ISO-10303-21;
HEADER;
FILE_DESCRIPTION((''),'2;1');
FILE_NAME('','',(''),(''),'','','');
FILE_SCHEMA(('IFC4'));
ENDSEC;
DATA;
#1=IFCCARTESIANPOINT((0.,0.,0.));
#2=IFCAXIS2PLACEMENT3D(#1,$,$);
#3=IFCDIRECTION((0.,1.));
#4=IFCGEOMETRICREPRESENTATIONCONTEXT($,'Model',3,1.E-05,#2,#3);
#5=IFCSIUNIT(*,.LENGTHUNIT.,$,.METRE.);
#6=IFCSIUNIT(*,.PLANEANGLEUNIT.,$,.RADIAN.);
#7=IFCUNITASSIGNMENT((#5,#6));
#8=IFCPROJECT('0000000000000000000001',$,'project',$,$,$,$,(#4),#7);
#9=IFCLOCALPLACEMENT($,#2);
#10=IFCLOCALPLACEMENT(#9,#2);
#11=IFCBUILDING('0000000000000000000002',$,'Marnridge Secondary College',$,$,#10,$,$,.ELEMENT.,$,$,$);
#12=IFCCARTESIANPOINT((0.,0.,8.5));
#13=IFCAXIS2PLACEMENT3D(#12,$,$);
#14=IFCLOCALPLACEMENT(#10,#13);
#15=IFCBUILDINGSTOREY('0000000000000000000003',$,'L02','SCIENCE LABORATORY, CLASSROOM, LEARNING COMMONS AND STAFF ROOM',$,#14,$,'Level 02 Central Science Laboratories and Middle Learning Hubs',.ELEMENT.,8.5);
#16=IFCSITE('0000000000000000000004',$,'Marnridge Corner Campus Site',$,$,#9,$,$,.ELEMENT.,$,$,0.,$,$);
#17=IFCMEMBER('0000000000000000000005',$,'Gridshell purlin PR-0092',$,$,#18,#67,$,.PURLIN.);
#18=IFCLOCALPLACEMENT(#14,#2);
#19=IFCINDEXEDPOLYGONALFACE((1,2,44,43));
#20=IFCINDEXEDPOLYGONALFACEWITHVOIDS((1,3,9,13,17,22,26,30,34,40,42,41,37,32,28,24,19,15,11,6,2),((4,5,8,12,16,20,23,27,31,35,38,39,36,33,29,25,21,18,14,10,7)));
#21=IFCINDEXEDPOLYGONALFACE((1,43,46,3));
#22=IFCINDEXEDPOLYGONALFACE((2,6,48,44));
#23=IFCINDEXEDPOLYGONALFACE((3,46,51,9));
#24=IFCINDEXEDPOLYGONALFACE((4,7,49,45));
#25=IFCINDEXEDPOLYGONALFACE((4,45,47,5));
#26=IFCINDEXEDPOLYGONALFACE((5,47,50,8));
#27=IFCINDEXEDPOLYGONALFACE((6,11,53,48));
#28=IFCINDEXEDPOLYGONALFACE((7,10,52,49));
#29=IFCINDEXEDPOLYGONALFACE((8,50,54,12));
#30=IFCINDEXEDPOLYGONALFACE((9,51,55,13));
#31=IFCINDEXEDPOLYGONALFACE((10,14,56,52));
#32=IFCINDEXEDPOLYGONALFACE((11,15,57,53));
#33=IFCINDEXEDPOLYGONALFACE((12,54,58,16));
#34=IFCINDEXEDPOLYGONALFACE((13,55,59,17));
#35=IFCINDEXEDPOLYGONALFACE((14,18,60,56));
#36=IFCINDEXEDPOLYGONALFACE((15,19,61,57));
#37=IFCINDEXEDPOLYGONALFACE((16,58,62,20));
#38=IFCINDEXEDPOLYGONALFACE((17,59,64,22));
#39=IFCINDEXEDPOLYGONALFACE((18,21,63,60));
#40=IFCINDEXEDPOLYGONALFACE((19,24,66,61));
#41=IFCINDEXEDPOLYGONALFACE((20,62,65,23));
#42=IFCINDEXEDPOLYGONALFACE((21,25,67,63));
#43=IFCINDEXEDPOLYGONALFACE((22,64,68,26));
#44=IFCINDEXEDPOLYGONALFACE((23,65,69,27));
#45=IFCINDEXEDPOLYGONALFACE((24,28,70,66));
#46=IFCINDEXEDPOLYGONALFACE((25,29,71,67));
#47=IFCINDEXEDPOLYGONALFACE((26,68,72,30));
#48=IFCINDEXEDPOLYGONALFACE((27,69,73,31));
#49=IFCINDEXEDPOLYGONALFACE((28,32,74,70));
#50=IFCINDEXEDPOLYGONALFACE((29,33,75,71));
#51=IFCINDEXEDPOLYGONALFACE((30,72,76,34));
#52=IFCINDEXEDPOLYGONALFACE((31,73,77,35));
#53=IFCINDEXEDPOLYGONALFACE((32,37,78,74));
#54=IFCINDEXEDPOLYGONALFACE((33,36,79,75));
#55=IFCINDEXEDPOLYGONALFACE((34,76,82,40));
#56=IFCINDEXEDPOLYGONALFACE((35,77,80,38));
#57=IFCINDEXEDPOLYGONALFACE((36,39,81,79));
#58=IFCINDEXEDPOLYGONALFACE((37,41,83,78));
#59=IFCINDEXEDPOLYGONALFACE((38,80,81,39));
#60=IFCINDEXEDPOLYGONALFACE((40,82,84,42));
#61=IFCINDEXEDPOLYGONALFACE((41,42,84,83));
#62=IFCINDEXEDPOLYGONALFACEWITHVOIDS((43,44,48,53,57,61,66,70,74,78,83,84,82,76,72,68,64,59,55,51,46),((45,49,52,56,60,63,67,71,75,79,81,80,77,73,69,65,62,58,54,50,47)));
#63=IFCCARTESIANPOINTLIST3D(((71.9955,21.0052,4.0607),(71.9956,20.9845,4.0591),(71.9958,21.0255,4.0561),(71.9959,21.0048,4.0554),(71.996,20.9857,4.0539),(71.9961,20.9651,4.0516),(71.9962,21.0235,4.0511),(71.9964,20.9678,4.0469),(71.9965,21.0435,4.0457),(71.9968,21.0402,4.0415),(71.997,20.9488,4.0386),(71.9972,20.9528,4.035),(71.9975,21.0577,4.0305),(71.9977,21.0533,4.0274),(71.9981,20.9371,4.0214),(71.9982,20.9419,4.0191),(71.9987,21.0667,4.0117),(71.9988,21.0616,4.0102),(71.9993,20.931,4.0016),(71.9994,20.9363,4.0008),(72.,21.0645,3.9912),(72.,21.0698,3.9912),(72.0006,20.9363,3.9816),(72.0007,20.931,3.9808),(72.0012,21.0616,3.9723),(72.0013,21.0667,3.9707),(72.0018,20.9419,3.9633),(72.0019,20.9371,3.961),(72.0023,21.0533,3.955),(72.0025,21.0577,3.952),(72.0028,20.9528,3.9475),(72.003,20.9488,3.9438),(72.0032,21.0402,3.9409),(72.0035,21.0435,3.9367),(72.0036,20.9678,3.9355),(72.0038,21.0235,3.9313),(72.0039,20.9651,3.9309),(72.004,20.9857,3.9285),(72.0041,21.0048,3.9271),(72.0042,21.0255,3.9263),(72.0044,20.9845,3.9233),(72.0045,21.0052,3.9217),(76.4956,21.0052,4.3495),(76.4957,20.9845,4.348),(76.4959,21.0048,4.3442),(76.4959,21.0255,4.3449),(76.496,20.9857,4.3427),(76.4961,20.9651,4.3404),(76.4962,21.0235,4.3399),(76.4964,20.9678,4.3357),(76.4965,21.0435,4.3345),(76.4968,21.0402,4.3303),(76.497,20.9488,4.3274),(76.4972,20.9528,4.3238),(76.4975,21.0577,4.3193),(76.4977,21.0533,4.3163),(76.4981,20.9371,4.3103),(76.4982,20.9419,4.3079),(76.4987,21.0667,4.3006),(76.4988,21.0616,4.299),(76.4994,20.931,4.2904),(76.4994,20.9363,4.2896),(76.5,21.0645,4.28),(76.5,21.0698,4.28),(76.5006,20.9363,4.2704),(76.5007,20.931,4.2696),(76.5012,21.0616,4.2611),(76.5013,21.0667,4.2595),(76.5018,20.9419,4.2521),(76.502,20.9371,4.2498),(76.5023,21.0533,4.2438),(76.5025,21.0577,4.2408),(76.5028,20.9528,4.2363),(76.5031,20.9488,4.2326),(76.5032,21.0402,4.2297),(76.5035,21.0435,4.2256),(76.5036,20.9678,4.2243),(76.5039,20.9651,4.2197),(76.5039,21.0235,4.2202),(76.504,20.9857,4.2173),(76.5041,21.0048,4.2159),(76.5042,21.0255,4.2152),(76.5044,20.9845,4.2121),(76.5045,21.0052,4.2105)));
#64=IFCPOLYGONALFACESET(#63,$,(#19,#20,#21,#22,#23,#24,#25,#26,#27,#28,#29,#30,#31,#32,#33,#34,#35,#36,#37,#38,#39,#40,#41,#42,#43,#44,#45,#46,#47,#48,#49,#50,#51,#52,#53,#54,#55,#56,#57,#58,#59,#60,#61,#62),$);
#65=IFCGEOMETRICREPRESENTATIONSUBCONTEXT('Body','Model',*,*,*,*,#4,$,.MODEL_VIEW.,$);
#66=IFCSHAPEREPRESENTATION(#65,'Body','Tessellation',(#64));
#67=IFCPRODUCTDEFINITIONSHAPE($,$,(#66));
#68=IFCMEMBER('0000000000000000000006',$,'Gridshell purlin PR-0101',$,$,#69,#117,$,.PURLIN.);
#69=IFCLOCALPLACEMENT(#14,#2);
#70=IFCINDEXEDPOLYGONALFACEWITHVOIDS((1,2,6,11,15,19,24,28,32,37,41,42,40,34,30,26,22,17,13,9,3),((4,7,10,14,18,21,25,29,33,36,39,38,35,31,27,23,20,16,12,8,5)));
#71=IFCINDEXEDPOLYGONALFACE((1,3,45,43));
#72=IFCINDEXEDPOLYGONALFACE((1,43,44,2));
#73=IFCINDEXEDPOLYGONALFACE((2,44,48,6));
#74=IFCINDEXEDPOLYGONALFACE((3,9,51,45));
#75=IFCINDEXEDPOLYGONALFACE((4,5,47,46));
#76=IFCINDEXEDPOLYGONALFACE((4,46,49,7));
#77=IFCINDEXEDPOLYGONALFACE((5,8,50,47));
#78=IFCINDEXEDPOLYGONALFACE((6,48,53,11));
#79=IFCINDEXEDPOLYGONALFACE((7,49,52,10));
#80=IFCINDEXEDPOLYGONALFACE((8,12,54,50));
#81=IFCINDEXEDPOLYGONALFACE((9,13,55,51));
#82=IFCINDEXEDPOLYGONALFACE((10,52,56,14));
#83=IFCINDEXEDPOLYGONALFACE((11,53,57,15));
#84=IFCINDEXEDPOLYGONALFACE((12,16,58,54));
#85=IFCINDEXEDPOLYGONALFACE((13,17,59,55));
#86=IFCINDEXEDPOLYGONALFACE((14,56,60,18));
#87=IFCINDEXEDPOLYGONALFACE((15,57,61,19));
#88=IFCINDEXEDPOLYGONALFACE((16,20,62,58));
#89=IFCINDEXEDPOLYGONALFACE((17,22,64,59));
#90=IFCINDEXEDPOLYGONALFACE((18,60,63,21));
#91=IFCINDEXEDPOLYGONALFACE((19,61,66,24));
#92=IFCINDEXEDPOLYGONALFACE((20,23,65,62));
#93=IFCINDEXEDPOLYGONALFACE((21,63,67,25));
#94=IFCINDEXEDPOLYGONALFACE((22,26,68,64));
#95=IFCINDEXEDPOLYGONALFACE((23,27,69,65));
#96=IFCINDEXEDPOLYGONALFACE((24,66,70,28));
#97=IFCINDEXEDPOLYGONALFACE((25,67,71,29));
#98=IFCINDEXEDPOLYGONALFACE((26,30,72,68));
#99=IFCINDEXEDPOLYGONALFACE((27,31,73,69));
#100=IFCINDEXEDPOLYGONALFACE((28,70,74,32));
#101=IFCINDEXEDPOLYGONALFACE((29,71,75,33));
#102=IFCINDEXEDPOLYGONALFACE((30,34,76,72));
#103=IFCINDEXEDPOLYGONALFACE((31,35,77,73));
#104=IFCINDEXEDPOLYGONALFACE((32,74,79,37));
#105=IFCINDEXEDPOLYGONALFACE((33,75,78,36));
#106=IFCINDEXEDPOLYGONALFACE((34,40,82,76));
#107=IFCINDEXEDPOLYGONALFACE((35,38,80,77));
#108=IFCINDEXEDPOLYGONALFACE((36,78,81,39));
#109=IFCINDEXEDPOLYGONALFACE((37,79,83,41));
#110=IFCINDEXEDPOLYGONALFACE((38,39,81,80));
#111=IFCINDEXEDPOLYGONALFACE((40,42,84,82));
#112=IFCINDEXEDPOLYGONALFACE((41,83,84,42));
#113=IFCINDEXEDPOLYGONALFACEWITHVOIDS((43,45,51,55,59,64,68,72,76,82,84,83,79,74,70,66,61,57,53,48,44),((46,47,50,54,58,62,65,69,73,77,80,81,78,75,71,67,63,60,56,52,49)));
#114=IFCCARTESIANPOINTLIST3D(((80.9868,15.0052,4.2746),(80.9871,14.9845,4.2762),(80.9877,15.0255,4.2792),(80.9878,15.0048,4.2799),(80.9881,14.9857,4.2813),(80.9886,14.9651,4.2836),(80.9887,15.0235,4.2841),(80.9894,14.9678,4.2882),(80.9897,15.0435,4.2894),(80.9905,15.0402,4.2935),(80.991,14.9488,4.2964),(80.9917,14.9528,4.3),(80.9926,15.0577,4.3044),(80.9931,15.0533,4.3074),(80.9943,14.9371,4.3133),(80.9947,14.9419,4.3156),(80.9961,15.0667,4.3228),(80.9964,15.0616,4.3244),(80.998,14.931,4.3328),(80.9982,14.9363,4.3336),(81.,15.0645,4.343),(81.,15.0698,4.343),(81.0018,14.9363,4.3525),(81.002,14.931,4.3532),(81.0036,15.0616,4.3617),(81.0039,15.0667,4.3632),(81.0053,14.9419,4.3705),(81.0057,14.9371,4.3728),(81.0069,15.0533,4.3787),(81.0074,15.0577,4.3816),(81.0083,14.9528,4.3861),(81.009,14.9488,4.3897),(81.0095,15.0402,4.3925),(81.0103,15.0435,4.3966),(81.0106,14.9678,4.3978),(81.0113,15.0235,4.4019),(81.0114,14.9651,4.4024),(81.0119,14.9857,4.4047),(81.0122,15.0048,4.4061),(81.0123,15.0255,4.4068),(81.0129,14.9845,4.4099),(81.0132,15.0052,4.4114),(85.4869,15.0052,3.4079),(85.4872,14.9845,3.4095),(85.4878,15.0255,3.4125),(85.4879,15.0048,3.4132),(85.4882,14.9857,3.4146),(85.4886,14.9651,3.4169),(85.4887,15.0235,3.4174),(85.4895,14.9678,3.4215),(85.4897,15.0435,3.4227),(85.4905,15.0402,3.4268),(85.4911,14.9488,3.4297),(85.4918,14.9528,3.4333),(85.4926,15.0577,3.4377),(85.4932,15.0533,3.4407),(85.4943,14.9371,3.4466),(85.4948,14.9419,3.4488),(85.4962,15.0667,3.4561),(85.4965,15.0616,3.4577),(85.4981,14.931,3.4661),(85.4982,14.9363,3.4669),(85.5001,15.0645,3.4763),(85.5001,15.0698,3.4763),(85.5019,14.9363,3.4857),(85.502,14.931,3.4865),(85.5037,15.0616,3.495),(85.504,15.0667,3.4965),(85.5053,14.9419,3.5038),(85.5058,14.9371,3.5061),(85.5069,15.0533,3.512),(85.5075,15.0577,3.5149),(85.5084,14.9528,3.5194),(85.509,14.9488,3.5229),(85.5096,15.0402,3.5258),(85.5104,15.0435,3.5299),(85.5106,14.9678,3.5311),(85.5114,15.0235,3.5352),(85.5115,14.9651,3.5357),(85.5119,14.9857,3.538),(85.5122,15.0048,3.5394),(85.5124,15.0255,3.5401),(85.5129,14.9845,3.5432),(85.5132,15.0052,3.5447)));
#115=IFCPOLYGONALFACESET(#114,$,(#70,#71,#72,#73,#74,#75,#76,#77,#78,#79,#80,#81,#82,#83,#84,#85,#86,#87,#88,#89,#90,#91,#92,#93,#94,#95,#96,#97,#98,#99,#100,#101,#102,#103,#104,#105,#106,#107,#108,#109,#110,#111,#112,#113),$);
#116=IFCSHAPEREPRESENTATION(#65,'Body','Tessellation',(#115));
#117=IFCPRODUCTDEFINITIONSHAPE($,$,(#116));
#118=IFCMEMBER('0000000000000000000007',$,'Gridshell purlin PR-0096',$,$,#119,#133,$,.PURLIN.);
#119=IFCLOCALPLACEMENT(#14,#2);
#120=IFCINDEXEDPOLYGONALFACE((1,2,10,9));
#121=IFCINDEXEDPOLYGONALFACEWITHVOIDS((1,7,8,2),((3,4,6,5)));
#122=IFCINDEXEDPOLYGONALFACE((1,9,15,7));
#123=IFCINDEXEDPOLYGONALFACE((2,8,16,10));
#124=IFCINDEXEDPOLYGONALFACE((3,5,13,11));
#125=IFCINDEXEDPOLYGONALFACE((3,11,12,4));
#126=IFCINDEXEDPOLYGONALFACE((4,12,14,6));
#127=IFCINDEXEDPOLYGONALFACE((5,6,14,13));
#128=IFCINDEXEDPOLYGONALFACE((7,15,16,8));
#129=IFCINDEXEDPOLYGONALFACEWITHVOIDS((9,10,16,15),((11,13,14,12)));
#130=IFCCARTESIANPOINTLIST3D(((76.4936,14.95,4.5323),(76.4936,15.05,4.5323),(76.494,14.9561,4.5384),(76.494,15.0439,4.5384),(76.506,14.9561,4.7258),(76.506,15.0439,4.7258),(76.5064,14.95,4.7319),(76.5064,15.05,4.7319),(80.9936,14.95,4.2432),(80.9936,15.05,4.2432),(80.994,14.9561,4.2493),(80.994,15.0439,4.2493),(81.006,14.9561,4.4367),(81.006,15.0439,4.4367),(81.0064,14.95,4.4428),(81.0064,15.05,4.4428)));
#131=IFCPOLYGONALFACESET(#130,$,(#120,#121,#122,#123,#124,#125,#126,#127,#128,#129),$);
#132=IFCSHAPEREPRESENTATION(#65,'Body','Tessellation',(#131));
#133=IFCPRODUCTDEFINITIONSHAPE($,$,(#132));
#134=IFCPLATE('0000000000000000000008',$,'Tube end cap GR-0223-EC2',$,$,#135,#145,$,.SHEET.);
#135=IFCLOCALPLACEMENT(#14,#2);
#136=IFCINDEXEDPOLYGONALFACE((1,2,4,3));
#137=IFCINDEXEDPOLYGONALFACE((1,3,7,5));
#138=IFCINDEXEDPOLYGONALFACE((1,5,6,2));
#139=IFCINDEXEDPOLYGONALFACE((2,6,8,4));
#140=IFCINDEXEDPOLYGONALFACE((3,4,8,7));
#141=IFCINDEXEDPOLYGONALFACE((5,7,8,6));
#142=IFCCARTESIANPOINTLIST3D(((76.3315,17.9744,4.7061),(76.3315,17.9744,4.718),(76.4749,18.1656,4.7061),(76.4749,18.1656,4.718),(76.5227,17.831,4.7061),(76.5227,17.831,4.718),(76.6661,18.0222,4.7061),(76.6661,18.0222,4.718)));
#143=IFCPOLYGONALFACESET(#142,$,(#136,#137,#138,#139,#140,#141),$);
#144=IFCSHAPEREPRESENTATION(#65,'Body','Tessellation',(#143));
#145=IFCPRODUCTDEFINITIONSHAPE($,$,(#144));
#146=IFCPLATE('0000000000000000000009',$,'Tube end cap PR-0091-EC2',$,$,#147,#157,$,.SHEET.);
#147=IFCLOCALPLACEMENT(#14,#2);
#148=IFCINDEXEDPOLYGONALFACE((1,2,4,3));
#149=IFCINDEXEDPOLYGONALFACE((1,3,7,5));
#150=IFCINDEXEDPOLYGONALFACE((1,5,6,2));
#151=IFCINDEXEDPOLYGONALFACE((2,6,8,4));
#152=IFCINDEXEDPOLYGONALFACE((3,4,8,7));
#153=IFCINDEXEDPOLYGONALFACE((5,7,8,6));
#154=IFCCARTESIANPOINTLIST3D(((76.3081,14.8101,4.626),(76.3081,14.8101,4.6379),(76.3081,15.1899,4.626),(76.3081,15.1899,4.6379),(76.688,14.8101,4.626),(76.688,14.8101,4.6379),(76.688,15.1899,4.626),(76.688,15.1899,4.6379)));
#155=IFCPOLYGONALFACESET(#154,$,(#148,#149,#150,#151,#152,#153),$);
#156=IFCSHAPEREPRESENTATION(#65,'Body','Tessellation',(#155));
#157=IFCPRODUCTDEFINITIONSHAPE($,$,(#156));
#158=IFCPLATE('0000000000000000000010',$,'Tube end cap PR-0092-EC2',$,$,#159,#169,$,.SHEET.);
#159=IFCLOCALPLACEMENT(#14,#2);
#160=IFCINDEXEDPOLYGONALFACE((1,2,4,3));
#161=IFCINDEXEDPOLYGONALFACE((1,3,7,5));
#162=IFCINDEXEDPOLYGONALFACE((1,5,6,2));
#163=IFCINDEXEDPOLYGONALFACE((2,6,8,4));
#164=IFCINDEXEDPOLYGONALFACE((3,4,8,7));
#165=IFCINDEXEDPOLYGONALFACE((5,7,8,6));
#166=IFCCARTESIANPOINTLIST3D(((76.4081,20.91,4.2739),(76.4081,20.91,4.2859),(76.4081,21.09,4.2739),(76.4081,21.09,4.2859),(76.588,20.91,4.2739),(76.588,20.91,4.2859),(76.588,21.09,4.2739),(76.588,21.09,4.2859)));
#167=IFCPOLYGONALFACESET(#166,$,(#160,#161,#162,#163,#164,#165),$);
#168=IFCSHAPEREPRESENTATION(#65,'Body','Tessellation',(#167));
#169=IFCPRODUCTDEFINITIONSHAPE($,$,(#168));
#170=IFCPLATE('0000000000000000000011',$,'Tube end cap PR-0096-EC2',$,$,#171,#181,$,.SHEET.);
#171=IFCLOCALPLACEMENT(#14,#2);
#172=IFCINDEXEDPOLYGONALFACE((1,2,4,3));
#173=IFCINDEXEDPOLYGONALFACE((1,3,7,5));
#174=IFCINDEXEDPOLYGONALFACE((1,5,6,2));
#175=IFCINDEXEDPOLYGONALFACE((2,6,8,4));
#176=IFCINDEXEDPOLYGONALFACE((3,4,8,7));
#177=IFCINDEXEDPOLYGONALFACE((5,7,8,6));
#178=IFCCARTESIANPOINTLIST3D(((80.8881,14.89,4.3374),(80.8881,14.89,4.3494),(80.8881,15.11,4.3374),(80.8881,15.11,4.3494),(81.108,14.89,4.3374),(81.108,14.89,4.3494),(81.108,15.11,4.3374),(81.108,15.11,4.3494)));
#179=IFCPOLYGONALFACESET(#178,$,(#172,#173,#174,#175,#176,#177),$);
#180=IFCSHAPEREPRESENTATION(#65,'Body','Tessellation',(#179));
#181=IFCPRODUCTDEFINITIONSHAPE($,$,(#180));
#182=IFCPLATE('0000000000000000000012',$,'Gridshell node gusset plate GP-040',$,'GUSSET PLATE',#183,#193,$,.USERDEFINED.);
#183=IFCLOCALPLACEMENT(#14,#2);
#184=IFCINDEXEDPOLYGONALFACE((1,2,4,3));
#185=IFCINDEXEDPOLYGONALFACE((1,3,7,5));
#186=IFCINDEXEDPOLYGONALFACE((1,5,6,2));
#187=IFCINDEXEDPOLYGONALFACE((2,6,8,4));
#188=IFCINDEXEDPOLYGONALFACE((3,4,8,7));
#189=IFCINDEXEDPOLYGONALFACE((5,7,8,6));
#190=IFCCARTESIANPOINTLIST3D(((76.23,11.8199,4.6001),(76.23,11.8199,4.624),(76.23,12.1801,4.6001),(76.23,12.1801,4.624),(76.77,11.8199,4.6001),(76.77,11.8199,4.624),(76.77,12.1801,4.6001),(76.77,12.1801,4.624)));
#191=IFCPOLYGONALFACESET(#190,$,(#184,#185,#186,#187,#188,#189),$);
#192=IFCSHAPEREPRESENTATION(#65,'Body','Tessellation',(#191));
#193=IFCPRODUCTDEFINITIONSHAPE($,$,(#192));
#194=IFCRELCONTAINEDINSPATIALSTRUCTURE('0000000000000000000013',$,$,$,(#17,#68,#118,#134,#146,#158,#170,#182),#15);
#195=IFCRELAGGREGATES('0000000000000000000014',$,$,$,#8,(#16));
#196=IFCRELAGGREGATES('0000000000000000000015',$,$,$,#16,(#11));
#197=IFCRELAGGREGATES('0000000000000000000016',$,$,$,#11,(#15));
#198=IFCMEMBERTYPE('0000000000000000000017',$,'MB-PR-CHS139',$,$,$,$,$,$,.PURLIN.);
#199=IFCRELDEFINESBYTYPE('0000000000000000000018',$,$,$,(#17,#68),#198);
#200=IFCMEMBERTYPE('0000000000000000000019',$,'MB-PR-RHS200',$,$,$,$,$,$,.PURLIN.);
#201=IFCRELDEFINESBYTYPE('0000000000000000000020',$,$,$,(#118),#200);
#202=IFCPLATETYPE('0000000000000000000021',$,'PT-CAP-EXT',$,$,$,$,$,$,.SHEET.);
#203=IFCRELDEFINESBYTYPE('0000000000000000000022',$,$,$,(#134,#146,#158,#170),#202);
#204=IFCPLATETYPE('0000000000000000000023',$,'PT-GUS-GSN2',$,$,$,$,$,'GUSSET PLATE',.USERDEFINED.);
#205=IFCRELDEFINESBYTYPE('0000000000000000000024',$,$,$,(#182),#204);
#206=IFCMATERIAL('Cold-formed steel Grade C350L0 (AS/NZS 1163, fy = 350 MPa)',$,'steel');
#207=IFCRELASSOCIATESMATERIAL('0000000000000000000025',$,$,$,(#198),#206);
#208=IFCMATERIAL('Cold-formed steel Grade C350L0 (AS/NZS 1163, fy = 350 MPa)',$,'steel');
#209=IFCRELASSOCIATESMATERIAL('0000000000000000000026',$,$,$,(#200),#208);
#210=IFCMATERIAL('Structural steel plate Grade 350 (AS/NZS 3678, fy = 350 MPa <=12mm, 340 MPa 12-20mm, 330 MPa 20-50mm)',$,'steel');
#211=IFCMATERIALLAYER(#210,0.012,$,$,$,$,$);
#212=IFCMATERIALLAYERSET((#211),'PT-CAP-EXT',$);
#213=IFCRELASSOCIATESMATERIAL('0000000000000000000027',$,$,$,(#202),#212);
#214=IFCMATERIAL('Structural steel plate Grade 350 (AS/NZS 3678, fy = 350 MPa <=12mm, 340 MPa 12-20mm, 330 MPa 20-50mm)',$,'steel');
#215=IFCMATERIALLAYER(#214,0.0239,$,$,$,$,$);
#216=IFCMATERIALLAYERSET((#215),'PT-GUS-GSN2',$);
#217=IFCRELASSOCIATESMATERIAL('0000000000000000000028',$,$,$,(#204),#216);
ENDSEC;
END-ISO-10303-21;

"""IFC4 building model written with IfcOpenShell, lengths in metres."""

from ifc_helpers import new_model, si_unit, direction, frame, origin, origin_2d, place, context, subcontext, project, spatial, rectangle, hollow_rectangle, hollow_circle, extrude, material, layer, layer_set, material_profile, profile_set, type_object, element, save


model = new_model("IFC4")

# Units and contexts
model_context = context("Model", 3, precision=1e-05, world=origin(), true_north=direction((0.0, 1.0)))
body_context = subcontext(model_context, "Body", "Model", "MODEL_VIEW")
ifc_project = project(units=[si_unit("LENGTHUNIT", "METRE"), si_unit("PLANEANGLEUNIT", "RADIAN")], contexts=[model_context])

# Site, building, storey
site_placement = place(None, origin())
site = spatial("IfcSite", under=ifc_project, at=site_placement, Name="Marnridge Corner Campus Site", CompositionType="ELEMENT", RefElevation=0.0)
building_placement = place(site_placement, origin())
building = spatial("IfcBuilding", under=site, at=building_placement, Name="Marnridge Secondary College", CompositionType="ELEMENT")
storey_placement = place(building_placement, frame((0.0, 0.0, 8.5)))
storey = spatial("IfcBuildingStorey", under=building, at=storey_placement, Name="L02", Description="SCIENCE LABORATORY, CLASSROOM, LEARNING COMMONS AND STAFF ROOM", LongName="Level 02 Central Science Laboratories and Middle Learning Hubs", CompositionType="ELEMENT", Elevation=8.5)

# Members
ifc_material_1 = material(Name="Cold-formed steel Grade C350L0 (AS/NZS 1163, fy = 350 MPa)", Category="steel")
ifc_material_profile_1 = material_profile(ifc_material_1, hollow_circle(Radius=0.0698, WallThickness=0.0054, at=origin_2d()), Name="139.7x5.4CHS")
ifc_profile_set_1 = profile_set([ifc_material_profile_1], Name="Cold-formed steel Grade C350L0 (AS/NZS 1163, fy = 350 MPa)")
member_type_1 = type_object("IfcMemberType", Name="MB-PR-CHS139", PredefinedType="PURLIN", material=ifc_profile_set_1)
member_1_placement = place(storey_placement, frame((72.0, 21.0, 3.9912), z_axis=(0.997947, 0.0, 0.06405), x_axis=(0.0, 1.0, 0.0)))
element("IfcMember", 1, at=member_1_placement, inside=storey, type_object=member_type_1, Name="Gridshell purlin PR-0092", PredefinedType="PURLIN", context=body_context, shape_type="SweptSolid", body=[
    extrude(hollow_circle(Radius=0.0698, WallThickness=0.0054, at=origin_2d()), origin(), (0.0, 0.0, 1.0), 4.5093),
])
member_2_placement = place(storey_placement, frame((81.0, 15.0, 4.343), z_axis=(0.981953, 0.0, -0.189124), x_axis=(0.0, 1.0, 0.0)))
element("IfcMember", 2, at=member_2_placement, inside=storey, type_object=member_type_1, Name="Gridshell purlin PR-0101", PredefinedType="PURLIN", context=body_context, shape_type="SweptSolid", body=[
    extrude(hollow_circle(Radius=0.0698, WallThickness=0.0054, at=origin_2d()), origin(), (0.0, 0.0, 1.0), 4.5828),
])
ifc_material_2 = material(Name="Cold-formed steel Grade C350L0 (AS/NZS 1163, fy = 350 MPa)", Category="steel")
ifc_material_profile_2 = material_profile(ifc_material_2, hollow_rectangle(XDim=0.1001, YDim=0.2, WallThickness=0.0061, at=origin_2d()), Name="200x100x6.0RHS")
ifc_profile_set_2 = profile_set([ifc_material_profile_2], Name="Cold-formed steel Grade C350L0 (AS/NZS 1163, fy = 350 MPa)")
member_type_2 = type_object("IfcMemberType", Name="MB-PR-RHS200", PredefinedType="PURLIN", material=ifc_profile_set_2)
member_3_placement = place(storey_placement, frame((76.5, 15.0, 4.6321), z_axis=(0.997943, 0.0, -0.064104), x_axis=(0.0, 1.0, 0.0)))
element("IfcMember", 3, at=member_3_placement, inside=storey, type_object=member_type_2, Name="Gridshell purlin PR-0096", PredefinedType="PURLIN", context=body_context, shape_type="SweptSolid", body=[
    extrude(hollow_rectangle(XDim=0.1001, YDim=0.2, WallThickness=0.0061, at=origin_2d()), origin(), (0.0, 0.0, 1.0), 4.5093),
])

# Plates
ifc_material_3 = material(Name="Structural steel plate Grade 350 (AS/NZS 3678, fy = 350 MPa <=12mm, 340 MPa 12-20mm, 330 MPa 20-50mm)", Category="steel")
ifc_layer_1 = layer(ifc_material_3, 0.012)
ifc_layer_set_1 = layer_set([ifc_layer_1], Name="PT-CAP-EXT")
plate_type_1 = type_object("IfcPlateType", Name="PT-CAP-EXT", PredefinedType="SHEET", material=ifc_layer_set_1)
plate_1_placement = place(storey_placement, frame((76.4988, 17.9983, 4.7061), z_axis=(0.0, 0.0, 1.0), x_axis=(0.600001, 0.799999, 0.0)))
element("IfcPlate", 4, at=plate_1_placement, inside=storey, type_object=plate_type_1, Name="Tube end cap GR-0223-EC2", PredefinedType="SHEET", context=body_context, shape_type="SweptSolid", body=[
    extrude(rectangle(XDim=0.239, YDim=0.239, at=origin_2d()), origin(), (0.0, 0.0, 1.0), 0.012),
])
plate_2_placement = place(storey_placement, frame((76.498, 15.0, 4.626), z_axis=(0.0, 0.0, 1.0), x_axis=(1.0, 0.0, 0.0)))
element("IfcPlate", 5, at=plate_2_placement, inside=storey, type_object=plate_type_1, Name="Tube end cap PR-0091-EC2", PredefinedType="SHEET", context=body_context, shape_type="SweptSolid", body=[
    extrude(rectangle(XDim=0.3799, YDim=0.3799, at=origin_2d()), origin(), (0.0, 0.0, 1.0), 0.012),
])
plate_3_placement = place(storey_placement, frame((76.498, 21.0, 4.2739), z_axis=(0.0, 0.0, 1.0), x_axis=(1.0, 0.0, 0.0)))
element("IfcPlate", 6, at=plate_3_placement, inside=storey, type_object=plate_type_1, Name="Tube end cap PR-0092-EC2", PredefinedType="SHEET", context=body_context, shape_type="SweptSolid", body=[
    extrude(rectangle(XDim=0.1799, YDim=0.1799, at=origin_2d()), origin(), (0.0, 0.0, 1.0), 0.012),
])
plate_4_placement = place(storey_placement, frame((80.998, 15.0, 4.3374), z_axis=(0.0, 0.0, 1.0), x_axis=(1.0, 0.0, 0.0)))
element("IfcPlate", 7, at=plate_4_placement, inside=storey, type_object=plate_type_1, Name="Tube end cap PR-0096-EC2", PredefinedType="SHEET", context=body_context, shape_type="SweptSolid", body=[
    extrude(rectangle(XDim=0.22, YDim=0.22, at=origin_2d()), origin(), (0.0, 0.0, 1.0), 0.012),
])
ifc_material_4 = material(Name="Structural steel plate Grade 350 (AS/NZS 3678, fy = 350 MPa <=12mm, 340 MPa 12-20mm, 330 MPa 20-50mm)", Category="steel")
ifc_layer_2 = layer(ifc_material_4, 0.0239)
ifc_layer_set_2 = layer_set([ifc_layer_2], Name="PT-GUS-GSN2")
plate_type_2 = type_object("IfcPlateType", Name="PT-GUS-GSN2", ElementType="GUSSET PLATE", PredefinedType="USERDEFINED", material=ifc_layer_set_2)
for number, where, z_axis, x_axis, name in (
    (8, (76.5, 12.0, 4.6001), (0.0, 0.0, 1.0), (1.0, 0.0, 0.0), "Gridshell node gusset plate GP-040"),
):
    element("IfcPlate", number, at=place(storey_placement, frame(where, z_axis=z_axis, x_axis=x_axis)), inside=storey, type_object=plate_type_2, Name=name, ObjectType="GUSSET PLATE", PredefinedType="USERDEFINED", context=body_context, shape_type="SweptSolid", body=[
        extrude(rectangle(XDim=0.54, YDim=0.3601, at=origin_2d()), origin(), (0.0, 0.0, 1.0), 0.0239),
    ])

save(model, "model.ifc")
